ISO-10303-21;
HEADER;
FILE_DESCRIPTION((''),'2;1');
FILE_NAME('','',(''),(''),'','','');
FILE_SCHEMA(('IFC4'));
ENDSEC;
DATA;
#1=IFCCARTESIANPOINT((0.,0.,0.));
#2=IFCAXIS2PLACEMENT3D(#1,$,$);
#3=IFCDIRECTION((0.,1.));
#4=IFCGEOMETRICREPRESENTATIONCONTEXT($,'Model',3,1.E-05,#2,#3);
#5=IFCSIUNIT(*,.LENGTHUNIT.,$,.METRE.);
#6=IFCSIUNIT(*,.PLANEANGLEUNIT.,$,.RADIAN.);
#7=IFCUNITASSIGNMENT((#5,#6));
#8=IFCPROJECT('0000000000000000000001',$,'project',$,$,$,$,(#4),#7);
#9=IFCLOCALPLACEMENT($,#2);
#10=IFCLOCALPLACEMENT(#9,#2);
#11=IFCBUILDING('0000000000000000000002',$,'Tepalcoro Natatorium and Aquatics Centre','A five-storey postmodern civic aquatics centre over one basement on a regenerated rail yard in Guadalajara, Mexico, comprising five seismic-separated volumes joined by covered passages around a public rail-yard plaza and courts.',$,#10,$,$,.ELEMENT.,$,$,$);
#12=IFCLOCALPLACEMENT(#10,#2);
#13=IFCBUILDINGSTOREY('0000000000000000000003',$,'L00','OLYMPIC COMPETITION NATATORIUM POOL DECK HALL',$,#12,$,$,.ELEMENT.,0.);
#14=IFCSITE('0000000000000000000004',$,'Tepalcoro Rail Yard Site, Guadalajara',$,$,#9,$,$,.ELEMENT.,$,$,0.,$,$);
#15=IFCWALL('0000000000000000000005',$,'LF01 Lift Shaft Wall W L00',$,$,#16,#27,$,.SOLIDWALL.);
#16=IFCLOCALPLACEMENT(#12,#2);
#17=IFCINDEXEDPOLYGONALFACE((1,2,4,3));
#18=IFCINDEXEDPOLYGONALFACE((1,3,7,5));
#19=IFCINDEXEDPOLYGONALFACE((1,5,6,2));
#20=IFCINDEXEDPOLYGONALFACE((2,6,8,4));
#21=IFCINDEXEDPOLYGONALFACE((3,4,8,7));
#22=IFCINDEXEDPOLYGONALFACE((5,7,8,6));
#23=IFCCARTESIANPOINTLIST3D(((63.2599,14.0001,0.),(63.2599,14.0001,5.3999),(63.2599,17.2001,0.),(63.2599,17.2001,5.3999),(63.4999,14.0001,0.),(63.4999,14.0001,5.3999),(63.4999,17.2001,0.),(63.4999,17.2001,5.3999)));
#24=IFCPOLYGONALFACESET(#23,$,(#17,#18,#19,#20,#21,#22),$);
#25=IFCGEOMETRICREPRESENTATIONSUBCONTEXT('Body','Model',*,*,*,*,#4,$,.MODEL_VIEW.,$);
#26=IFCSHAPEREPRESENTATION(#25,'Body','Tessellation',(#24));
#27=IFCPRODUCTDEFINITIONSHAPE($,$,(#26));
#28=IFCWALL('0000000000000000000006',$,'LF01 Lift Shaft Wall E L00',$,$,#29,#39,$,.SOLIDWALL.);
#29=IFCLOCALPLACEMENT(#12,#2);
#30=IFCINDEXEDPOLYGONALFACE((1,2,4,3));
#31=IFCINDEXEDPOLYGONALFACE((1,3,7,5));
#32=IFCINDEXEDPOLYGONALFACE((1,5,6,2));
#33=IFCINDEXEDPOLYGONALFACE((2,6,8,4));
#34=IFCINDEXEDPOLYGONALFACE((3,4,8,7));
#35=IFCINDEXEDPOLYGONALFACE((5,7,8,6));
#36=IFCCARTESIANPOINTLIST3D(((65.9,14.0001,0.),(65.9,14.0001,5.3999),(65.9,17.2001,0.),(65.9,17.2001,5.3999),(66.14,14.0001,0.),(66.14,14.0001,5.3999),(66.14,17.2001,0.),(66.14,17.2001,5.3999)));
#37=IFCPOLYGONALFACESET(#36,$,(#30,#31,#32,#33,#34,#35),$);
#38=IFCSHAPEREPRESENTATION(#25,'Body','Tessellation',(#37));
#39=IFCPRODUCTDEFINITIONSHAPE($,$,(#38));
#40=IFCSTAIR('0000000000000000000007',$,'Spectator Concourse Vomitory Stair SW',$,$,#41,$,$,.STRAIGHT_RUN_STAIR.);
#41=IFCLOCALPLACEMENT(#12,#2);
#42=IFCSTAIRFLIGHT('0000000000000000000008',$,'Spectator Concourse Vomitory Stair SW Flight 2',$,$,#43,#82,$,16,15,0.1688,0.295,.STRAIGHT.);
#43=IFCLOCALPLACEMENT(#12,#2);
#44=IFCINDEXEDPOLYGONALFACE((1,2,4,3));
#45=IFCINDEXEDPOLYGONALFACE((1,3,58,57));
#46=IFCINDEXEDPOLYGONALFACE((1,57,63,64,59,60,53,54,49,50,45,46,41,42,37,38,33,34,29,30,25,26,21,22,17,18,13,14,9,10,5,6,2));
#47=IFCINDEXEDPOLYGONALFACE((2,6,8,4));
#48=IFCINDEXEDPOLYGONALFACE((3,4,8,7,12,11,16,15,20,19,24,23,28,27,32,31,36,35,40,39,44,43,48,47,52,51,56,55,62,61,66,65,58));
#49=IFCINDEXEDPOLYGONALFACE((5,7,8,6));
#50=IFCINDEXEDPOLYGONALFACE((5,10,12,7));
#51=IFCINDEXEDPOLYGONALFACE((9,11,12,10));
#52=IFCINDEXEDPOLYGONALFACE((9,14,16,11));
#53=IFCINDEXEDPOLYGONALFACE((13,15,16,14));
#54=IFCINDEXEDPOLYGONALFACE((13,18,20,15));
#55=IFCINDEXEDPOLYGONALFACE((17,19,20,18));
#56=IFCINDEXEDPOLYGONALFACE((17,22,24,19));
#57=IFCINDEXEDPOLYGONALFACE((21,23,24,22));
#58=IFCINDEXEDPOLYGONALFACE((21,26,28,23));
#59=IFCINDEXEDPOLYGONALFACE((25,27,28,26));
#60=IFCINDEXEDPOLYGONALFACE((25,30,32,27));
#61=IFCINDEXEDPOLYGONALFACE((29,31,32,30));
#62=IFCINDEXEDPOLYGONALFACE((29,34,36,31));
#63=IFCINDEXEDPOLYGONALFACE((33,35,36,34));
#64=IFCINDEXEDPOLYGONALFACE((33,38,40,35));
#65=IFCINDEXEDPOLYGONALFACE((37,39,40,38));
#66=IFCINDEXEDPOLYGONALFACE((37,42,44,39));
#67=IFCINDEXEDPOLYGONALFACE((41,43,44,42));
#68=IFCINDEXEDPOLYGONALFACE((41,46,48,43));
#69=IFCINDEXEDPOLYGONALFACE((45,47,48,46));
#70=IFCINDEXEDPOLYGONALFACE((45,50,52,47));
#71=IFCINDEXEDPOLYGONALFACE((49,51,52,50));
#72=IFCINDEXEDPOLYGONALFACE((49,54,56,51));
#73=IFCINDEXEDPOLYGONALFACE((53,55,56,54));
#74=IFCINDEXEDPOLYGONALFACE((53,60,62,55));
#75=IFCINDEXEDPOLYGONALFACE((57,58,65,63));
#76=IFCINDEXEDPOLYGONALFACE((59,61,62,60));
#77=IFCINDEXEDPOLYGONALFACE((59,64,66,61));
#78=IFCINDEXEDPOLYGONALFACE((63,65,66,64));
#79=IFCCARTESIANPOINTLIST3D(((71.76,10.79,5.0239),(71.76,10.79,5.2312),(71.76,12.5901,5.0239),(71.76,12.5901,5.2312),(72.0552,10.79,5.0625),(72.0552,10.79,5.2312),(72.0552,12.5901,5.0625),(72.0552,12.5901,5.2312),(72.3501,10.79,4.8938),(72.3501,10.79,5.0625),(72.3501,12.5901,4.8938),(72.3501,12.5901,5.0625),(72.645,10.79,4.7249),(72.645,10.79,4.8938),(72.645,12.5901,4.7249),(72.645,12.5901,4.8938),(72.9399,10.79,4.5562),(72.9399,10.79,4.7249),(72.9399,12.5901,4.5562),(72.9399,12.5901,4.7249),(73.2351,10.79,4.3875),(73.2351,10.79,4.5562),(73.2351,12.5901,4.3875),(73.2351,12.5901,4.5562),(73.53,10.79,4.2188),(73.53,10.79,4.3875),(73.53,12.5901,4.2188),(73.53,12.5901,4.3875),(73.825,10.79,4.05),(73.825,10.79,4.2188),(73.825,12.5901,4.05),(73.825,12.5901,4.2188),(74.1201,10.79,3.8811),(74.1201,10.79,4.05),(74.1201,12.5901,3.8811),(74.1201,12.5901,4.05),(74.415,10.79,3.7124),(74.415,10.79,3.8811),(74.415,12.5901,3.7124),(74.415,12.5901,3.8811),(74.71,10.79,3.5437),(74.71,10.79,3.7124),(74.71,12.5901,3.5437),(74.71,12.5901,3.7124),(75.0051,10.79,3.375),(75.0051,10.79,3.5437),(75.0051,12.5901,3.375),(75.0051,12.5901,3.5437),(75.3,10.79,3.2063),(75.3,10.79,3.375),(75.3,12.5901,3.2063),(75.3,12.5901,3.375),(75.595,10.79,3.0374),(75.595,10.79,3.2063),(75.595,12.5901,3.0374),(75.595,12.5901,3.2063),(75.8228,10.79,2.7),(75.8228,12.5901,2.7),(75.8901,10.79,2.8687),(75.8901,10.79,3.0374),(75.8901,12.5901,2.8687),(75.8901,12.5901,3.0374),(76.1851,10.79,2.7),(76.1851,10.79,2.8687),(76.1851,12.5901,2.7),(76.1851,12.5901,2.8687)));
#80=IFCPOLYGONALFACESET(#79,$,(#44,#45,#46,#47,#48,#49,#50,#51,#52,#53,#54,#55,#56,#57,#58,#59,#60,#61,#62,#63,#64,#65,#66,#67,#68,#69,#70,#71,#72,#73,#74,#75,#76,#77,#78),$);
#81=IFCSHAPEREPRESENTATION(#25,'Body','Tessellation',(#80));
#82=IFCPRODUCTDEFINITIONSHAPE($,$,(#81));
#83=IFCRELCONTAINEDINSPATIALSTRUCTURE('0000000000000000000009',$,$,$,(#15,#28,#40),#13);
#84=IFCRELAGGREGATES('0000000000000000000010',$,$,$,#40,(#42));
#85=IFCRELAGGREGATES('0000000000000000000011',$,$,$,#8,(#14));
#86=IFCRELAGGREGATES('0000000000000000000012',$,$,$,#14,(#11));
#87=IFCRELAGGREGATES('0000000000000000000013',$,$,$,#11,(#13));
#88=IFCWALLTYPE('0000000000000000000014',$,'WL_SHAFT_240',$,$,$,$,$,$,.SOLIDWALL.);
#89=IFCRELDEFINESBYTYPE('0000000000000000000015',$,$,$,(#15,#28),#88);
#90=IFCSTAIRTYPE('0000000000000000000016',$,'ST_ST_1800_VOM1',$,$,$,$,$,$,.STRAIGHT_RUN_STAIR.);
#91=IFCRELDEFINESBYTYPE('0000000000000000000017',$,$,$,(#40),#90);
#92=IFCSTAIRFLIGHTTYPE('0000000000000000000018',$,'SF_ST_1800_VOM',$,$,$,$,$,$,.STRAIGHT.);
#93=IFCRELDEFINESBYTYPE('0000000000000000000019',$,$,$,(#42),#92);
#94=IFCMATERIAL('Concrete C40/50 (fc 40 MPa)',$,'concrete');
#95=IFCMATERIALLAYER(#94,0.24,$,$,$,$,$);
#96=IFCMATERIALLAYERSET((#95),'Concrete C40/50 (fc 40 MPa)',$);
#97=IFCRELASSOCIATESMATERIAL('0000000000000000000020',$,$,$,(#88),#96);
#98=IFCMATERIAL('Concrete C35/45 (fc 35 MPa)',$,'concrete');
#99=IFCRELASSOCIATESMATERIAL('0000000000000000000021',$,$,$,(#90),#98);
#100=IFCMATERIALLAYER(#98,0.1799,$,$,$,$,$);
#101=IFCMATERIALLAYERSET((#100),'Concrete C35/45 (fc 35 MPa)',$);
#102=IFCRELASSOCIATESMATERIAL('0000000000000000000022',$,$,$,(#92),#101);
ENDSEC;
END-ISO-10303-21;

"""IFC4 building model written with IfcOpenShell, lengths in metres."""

from ifc_helpers import new_model, si_unit, direction, frame, frame_2d, origin, place, context, subcontext, project, spatial, polyline, rectangle, outline, extrude, material, layer, layer_set, type_object, element, aggregate, save


model = new_model("IFC4")

# Units and contexts
model_context = context("Model", 3, precision=1e-05, world=origin(), true_north=direction((0.0, 1.0)))
body_context = subcontext(model_context, "Body", "Model", "MODEL_VIEW")
ifc_project = project(units=[si_unit("LENGTHUNIT", "METRE"), si_unit("PLANEANGLEUNIT", "RADIAN")], contexts=[model_context])

# Site, building, storey
site_placement = place(None, origin())
site = spatial("IfcSite", under=ifc_project, at=site_placement, Name="Tepalcoro Rail Yard Site, Guadalajara", CompositionType="ELEMENT", RefElevation=0.0)
building_placement = place(site_placement, origin())
building = spatial("IfcBuilding", under=site, at=building_placement, Name="Tepalcoro Natatorium and Aquatics Centre", Description="A five-storey postmodern civic aquatics centre over one basement on a regenerated rail yard in Guadalajara, Mexico, comprising five seismic-separated volumes joined by covered passages around a public rail-yard plaza and courts.", CompositionType="ELEMENT")
storey_placement = place(building_placement, origin())
storey = spatial("IfcBuildingStorey", under=building, at=storey_placement, Name="L00", Description="OLYMPIC COMPETITION NATATORIUM POOL DECK HALL", CompositionType="ELEMENT", Elevation=0.0)

# Shared definitions
ifc_material_1 = material(Name="Concrete C40/50 (fc 40 MPa)", Category="concrete")

# Walls
ifc_layer_1 = layer(ifc_material_1, 0.24)
ifc_layer_set_1 = layer_set([ifc_layer_1], Name="Concrete C40/50 (fc 40 MPa)")
wall_type_1 = type_object("IfcWallType", Name="WL_SHAFT_240", PredefinedType="SOLIDWALL", material=ifc_layer_set_1)
for number, where, z_axis, x_axis, name in (
    (1, (63.3799, 14.0, 0.0), (0.0, 0.0, 1.0), (0.0, 1.0, 0.0), "LF01 Lift Shaft Wall W L00"),
    (2, (66.02, 14.0, 0.0), (0.0, 0.0, 1.0), (0.0, 1.0, 0.0), "LF01 Lift Shaft Wall E L00"),
):
    element("IfcWall", number, at=place(storey_placement, frame(where, z_axis=z_axis, x_axis=x_axis)), inside=storey, type_object=wall_type_1, Name=name, PredefinedType="SOLIDWALL", context=body_context, shape_type="SweptSolid", body=[
        extrude(rectangle(XDim=3.2, YDim=0.24, at=frame_2d((1.6001, 0.0))), origin(), (0.0, 0.0, 1.0), 5.3999),
    ])

# Stair, stair flight
ifc_material_2 = material(Name="Concrete C35/45 (fc 35 MPa)", Category="concrete")
stair_type = type_object("IfcStairType", Name="ST_ST_1800_VOM1", PredefinedType="STRAIGHT_RUN_STAIR", material=ifc_material_2)
stair_placement = place(storey_placement, origin())
stair = element("IfcStair", 3, at=stair_placement, inside=storey, type_object=stair_type, Name="Spectator Concourse Vomitory Stair SW", PredefinedType="STRAIGHT_RUN_STAIR")
ifc_layer_2 = layer(ifc_material_2, 0.1799)
ifc_layer_set_2 = layer_set([ifc_layer_2], Name="Concrete C35/45 (fc 35 MPa)")
stair_flight_type = type_object("IfcStairFlightType", Name="SF_ST_1800_VOM", PredefinedType="STRAIGHT", material=ifc_layer_set_2)
stair_flight_placement = place(storey_placement, frame((76.1851, 11.6899, 2.7), z_axis=(0.0, 0.0, 1.0), x_axis=(-1.0, 0.0, 0.0)))
stair_flight = element("IfcStairFlight", 4, at=stair_flight_placement, type_object=stair_flight_type, Name="Spectator Concourse Vomitory Stair SW Flight 2", NumberOfRisers=16, NumberOfTreads=15, PredefinedType="STRAIGHT", RiserHeight=0.1688, TreadLength=0.295, context=body_context, shape_type="SweptSolid", body=[
    extrude(outline(polyline([(0.0, 0.0), (0.0, 0.1687), (0.2949, 0.1687), (0.2949, 0.3374), (0.5901, 0.3374), (0.5901, 0.5063), (0.885, 0.5063), (0.885, 0.675), (1.1799, 0.675), (1.1799, 0.8438), (1.4751, 0.8438), (1.4751, 1.0125), (1.77, 1.0125), (1.77, 1.1812), (2.0649, 1.1812), (2.0649, 1.3501), (2.3601, 1.3501), (2.3601, 1.5188), (2.655, 1.5188), (2.655, 1.6875), (2.95, 1.6875), (2.95, 1.8562), (3.2451, 1.8562), (3.2451, 2.0249), (3.54, 2.0249), (3.54, 2.1938), (3.835, 2.1938), (3.835, 2.3625), (4.1299, 2.3625), (4.1299, 2.5312), (4.425, 2.5312), (4.425, 2.7), (4.425, 2.324), (0.3623, 0.0), (0.0, 0.0)])), frame((0.0, 0.8999, 0.0), z_axis=(0.0, -1.0, 0.0), x_axis=(1.0, 0.0, 0.0)), (0.0, 0.0, 1.0), 1.8),
])
aggregate(stair, [stair_flight])

save(model, "model.ifc")
